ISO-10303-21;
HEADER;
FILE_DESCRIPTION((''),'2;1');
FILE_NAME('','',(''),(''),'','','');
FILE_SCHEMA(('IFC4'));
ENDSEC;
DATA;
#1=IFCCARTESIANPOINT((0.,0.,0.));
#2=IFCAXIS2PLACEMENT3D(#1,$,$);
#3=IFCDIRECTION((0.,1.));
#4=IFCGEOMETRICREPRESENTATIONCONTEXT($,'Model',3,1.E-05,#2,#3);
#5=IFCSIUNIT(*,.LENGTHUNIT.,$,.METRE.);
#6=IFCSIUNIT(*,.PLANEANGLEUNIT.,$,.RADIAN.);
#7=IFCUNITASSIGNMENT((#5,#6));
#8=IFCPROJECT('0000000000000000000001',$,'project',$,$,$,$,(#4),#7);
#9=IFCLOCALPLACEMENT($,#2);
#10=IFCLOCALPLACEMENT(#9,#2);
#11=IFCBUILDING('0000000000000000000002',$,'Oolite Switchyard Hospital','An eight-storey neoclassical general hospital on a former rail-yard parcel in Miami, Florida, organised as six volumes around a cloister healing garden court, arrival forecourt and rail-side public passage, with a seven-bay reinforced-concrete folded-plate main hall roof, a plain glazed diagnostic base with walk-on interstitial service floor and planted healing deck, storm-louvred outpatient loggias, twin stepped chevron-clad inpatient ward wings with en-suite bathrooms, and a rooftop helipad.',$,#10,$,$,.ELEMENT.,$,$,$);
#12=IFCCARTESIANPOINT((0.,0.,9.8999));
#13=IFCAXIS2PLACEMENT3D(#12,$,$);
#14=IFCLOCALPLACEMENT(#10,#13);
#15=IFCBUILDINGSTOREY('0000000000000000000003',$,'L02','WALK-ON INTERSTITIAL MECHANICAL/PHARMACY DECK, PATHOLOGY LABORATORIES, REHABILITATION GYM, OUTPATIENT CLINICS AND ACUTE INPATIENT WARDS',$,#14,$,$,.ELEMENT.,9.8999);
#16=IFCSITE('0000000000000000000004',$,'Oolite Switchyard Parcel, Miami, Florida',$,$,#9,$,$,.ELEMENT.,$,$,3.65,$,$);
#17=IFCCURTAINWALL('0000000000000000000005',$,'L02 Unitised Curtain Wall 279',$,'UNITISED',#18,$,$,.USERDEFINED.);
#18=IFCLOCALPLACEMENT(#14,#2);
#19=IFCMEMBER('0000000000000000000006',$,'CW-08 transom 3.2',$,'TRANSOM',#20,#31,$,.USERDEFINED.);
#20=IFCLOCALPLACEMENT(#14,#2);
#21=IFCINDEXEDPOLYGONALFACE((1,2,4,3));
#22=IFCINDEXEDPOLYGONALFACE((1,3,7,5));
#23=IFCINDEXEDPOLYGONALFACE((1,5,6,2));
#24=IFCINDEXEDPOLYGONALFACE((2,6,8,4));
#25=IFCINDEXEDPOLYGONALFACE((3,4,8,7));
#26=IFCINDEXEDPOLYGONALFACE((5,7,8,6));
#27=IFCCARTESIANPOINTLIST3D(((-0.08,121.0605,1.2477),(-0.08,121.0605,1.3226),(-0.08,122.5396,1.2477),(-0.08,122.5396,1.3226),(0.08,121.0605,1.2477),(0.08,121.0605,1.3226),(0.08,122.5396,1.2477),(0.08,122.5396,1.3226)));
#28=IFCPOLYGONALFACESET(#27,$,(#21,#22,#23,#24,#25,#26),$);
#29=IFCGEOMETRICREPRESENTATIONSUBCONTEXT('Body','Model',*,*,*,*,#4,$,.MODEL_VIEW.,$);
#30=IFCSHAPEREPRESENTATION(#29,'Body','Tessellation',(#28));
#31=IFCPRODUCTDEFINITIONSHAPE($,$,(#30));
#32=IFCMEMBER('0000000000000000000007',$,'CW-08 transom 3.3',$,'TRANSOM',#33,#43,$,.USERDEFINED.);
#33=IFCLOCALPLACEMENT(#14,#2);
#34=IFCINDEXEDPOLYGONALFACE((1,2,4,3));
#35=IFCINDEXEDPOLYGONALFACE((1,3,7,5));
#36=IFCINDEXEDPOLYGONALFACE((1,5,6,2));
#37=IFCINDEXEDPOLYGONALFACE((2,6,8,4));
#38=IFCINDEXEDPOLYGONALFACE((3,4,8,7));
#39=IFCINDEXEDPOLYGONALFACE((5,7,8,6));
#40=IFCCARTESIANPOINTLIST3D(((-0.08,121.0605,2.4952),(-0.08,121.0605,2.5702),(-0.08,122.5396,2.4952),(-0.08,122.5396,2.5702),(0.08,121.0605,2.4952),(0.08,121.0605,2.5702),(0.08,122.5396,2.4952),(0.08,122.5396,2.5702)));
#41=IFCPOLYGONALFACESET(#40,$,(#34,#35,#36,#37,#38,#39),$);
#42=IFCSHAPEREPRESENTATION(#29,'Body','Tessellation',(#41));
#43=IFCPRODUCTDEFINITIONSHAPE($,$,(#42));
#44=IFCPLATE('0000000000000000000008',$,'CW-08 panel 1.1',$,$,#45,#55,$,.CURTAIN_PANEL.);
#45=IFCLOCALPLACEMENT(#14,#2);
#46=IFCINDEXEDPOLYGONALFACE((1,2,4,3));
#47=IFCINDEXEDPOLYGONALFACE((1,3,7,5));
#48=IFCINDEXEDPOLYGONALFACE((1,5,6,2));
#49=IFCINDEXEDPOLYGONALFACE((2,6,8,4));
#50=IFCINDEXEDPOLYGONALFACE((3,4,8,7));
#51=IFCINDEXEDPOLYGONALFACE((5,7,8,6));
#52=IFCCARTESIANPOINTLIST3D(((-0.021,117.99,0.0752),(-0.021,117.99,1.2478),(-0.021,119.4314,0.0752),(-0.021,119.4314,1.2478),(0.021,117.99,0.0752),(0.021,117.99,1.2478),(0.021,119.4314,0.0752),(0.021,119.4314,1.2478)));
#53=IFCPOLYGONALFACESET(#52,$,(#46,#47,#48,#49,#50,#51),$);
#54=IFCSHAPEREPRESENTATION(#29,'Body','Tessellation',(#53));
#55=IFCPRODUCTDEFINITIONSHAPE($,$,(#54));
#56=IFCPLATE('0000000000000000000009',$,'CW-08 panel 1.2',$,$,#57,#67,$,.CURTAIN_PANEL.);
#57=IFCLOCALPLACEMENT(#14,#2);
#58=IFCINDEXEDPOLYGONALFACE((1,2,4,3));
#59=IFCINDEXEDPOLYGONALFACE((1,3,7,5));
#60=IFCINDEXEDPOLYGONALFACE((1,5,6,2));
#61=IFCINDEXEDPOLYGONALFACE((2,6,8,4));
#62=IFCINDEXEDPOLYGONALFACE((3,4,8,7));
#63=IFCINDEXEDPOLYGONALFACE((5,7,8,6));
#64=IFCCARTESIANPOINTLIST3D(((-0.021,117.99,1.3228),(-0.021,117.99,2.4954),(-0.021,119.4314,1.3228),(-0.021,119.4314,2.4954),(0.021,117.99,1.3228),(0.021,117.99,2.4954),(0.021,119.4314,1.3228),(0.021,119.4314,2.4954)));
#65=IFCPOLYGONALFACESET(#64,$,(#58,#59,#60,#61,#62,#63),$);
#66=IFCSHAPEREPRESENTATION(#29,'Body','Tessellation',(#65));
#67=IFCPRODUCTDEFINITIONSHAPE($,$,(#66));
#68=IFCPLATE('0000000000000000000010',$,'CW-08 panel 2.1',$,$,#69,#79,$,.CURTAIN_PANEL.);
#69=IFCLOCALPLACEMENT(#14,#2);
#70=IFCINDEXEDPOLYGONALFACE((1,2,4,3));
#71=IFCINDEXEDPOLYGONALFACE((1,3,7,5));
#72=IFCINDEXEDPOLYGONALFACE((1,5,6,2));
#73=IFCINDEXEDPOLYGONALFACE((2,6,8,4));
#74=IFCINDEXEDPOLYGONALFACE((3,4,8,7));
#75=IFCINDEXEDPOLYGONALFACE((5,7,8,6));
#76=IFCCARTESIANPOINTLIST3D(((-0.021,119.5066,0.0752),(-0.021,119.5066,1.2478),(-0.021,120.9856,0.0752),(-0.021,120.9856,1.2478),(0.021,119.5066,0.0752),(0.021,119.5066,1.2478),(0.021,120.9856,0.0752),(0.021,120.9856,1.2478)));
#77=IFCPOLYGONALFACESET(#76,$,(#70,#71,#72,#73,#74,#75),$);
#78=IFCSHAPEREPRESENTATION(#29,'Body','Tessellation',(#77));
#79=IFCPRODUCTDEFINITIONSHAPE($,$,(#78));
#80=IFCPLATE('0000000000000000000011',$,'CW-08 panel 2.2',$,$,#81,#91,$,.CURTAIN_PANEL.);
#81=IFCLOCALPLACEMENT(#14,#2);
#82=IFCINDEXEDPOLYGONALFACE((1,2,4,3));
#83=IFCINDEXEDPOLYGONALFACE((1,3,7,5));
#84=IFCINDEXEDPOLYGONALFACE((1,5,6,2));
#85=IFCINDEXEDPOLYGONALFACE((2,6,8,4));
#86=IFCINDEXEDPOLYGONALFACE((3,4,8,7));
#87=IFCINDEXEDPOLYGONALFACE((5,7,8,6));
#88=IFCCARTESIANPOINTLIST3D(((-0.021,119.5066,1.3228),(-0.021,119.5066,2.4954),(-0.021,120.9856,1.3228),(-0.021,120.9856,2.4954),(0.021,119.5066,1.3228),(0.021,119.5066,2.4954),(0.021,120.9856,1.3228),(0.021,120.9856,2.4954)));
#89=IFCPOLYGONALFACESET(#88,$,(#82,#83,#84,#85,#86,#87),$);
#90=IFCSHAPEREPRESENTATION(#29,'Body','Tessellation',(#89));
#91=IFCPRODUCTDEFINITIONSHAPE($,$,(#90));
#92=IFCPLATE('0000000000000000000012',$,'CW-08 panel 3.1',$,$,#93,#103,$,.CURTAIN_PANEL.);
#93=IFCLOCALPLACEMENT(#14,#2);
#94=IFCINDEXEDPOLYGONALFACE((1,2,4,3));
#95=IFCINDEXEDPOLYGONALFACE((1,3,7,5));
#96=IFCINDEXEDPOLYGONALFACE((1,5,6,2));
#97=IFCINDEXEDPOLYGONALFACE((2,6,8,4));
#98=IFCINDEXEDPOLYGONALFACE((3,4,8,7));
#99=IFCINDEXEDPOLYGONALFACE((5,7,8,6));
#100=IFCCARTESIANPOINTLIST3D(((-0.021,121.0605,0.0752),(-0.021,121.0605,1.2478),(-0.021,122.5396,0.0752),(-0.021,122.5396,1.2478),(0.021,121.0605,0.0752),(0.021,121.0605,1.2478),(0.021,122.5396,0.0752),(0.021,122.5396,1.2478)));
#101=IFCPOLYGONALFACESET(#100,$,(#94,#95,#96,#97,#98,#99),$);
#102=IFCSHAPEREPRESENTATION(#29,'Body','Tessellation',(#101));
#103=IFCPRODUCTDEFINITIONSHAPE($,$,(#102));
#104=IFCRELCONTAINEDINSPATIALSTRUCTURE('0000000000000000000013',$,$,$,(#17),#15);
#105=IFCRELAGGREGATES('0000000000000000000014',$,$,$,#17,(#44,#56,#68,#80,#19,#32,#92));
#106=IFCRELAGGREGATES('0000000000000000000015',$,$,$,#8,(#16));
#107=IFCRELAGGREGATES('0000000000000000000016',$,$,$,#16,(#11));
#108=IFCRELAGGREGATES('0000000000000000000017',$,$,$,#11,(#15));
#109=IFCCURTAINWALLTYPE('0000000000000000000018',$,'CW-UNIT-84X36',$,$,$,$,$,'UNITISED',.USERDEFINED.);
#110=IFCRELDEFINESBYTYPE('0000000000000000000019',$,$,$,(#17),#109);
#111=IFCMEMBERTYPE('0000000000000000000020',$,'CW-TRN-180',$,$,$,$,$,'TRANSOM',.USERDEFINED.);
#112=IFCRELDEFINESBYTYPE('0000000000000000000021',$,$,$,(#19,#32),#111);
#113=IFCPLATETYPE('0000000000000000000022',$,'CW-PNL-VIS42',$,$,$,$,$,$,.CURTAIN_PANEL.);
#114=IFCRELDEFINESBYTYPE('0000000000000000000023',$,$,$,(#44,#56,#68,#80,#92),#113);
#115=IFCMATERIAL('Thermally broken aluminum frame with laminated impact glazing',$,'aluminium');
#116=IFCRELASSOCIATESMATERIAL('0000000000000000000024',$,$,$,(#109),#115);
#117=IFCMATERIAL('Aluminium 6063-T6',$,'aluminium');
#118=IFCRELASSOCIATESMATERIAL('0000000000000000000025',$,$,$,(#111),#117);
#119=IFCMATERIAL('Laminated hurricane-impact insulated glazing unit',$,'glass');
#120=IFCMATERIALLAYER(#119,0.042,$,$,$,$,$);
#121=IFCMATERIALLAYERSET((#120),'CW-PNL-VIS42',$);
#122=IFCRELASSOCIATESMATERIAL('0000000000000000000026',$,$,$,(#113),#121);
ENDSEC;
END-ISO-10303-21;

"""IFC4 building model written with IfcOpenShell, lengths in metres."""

from ifc_helpers import new_model, si_unit, direction, frame, origin, origin_2d, place, context, subcontext, project, spatial, rectangle, extrude, material, layer, layer_set, material_profile, profile_set, type_object, element, aggregate, save


model = new_model("IFC4")

# Units and contexts
model_context = context("Model", 3, precision=1e-05, world=origin(), true_north=direction((0.0, 1.0)))
body_context = subcontext(model_context, "Body", "Model", "MODEL_VIEW")
ifc_project = project(units=[si_unit("LENGTHUNIT", "METRE"), si_unit("PLANEANGLEUNIT", "RADIAN")], contexts=[model_context])

# Site, building, storey
site_placement = place(None, origin())
site = spatial("IfcSite", under=ifc_project, at=site_placement, Name="Oolite Switchyard Parcel, Miami, Florida", CompositionType="ELEMENT", RefElevation=3.65)
building_placement = place(site_placement, origin())
building = spatial("IfcBuilding", under=site, at=building_placement, Name="Oolite Switchyard Hospital", Description="An eight-storey neoclassical general hospital on a former rail-yard parcel in Miami, Florida, organised as six volumes around a cloister healing garden court, arrival forecourt and rail-side public passage, with a seven-bay reinforced-concrete folded-plate main hall roof, a plain glazed diagnostic base with walk-on interstitial service floor and planted healing deck, storm-louvred outpatient loggias, twin stepped chevron-clad inpatient ward wings with en-suite bathrooms, and a rooftop helipad.", CompositionType="ELEMENT")
storey_placement = place(building_placement, frame((0.0, 0.0, 9.8999)))
storey = spatial("IfcBuildingStorey", under=building, at=storey_placement, Name="L02", Description="WALK-ON INTERSTITIAL MECHANICAL/PHARMACY DECK, PATHOLOGY LABORATORIES, REHABILITATION GYM, OUTPATIENT CLINICS AND ACUTE INPATIENT WARDS", CompositionType="ELEMENT", Elevation=9.8999)

# Shared definitions
ifc_material_1 = material(Name="Thermally broken aluminum frame with laminated impact glazing", Category="aluminium")
curtain_wall_type = type_object("IfcCurtainWallType", Name="CW-UNIT-84X36", ElementType="UNITISED", PredefinedType="USERDEFINED", material=ifc_material_1)
ifc_material_2 = material(Name="Aluminium 6063-T6", Category="aluminium")

# Curtain wall, members, plates
curtain_wall_1_placement = place(storey_placement, origin())
curtain_wall_1 = element("IfcCurtainWall", 1, at=curtain_wall_1_placement, inside=storey, type_object=curtain_wall_type, Name="L02 Unitised Curtain Wall 279", ObjectType="UNITISED", PredefinedType="USERDEFINED")
ifc_material_profile_1 = material_profile(ifc_material_2, rectangle(XDim=0.1599, YDim=0.075, at=origin_2d()), Name="CWT75X160")
ifc_profile_set_1 = profile_set([ifc_material_profile_1], Name="Aluminium 6063-T6")
member_type_1 = type_object("IfcMemberType", Name="CW-TRN-180", ElementType="TRANSOM", PredefinedType="USERDEFINED", material=ifc_profile_set_1)
member_1_placement = place(storey_placement, frame((0.0, 121.0605, 1.2852), z_axis=(0.0, 1.0, 0.0), x_axis=(-1.0, 0.0, 0.0)))
member_1 = element("IfcMember", 2, at=member_1_placement, type_object=member_type_1, Name="CW-08 transom 3.2", ObjectType="TRANSOM", PredefinedType="USERDEFINED", context=body_context, shape_type="SweptSolid", body=[
    extrude(rectangle(XDim=0.1599, YDim=0.075, at=origin_2d()), origin(), (0.0, 0.0, 1.0), 1.479),
])
member_2_placement = place(storey_placement, frame((0.0, 121.0605, 2.5327), z_axis=(0.0, 1.0, 0.0), x_axis=(-1.0, 0.0, 0.0)))
member_2 = element("IfcMember", 3, at=member_2_placement, type_object=member_type_1, Name="CW-08 transom 3.3", ObjectType="TRANSOM", PredefinedType="USERDEFINED", context=body_context, shape_type="SweptSolid", body=[
    extrude(rectangle(XDim=0.1599, YDim=0.075, at=origin_2d()), origin(), (0.0, 0.0, 1.0), 1.479),
])
ifc_material_3 = material(Name="Laminated hurricane-impact insulated glazing unit", Category="glass")
ifc_layer = layer(ifc_material_3, 0.042)
ifc_layer_set = layer_set([ifc_layer], Name="CW-PNL-VIS42")
plate_type = type_object("IfcPlateType", Name="CW-PNL-VIS42", PredefinedType="CURTAIN_PANEL", material=ifc_layer_set)
plate_1_placement = place(storey_placement, frame((0.0, 118.7107, 0.0752), z_axis=(0.0, 0.0, 1.0), x_axis=(0.0, 1.0, 0.0)))
plate_1 = element("IfcPlate", 4, at=plate_1_placement, type_object=plate_type, Name="CW-08 panel 1.1", PredefinedType="CURTAIN_PANEL", context=body_context, shape_type="SweptSolid", body=[
    extrude(rectangle(XDim=1.4414, YDim=0.042, at=origin_2d()), origin(), (0.0, 0.0, 1.0), 1.1726),
])
plate_2_placement = place(storey_placement, frame((0.0, 118.7107, 1.3228), z_axis=(0.0, 0.0, 1.0), x_axis=(0.0, 1.0, 0.0)))
plate_2 = element("IfcPlate", 5, at=plate_2_placement, type_object=plate_type, Name="CW-08 panel 1.2", PredefinedType="CURTAIN_PANEL", context=body_context, shape_type="SweptSolid", body=[
    extrude(rectangle(XDim=1.4414, YDim=0.042, at=origin_2d()), origin(), (0.0, 0.0, 1.0), 1.1726),
])
plate_3_placement = place(storey_placement, frame((0.0, 120.2461, 0.0752), z_axis=(0.0, 0.0, 1.0), x_axis=(0.0, 1.0, 0.0)))
plate_3 = element("IfcPlate", 6, at=plate_3_placement, type_object=plate_type, Name="CW-08 panel 2.1", PredefinedType="CURTAIN_PANEL", context=body_context, shape_type="SweptSolid", body=[
    extrude(rectangle(XDim=1.479, YDim=0.042, at=origin_2d()), origin(), (0.0, 0.0, 1.0), 1.1726),
])
plate_4_placement = place(storey_placement, frame((0.0, 120.2461, 1.3228), z_axis=(0.0, 0.0, 1.0), x_axis=(0.0, 1.0, 0.0)))
plate_4 = element("IfcPlate", 7, at=plate_4_placement, type_object=plate_type, Name="CW-08 panel 2.2", PredefinedType="CURTAIN_PANEL", context=body_context, shape_type="SweptSolid", body=[
    extrude(rectangle(XDim=1.479, YDim=0.042, at=origin_2d()), origin(), (0.0, 0.0, 1.0), 1.1726),
])
plate_5_placement = place(storey_placement, frame((0.0, 121.8, 0.0752), z_axis=(0.0, 0.0, 1.0), x_axis=(0.0, 1.0, 0.0)))
plate_5 = element("IfcPlate", 8, at=plate_5_placement, type_object=plate_type, Name="CW-08 panel 3.1", PredefinedType="CURTAIN_PANEL", context=body_context, shape_type="SweptSolid", body=[
    extrude(rectangle(XDim=1.479, YDim=0.042, at=origin_2d()), origin(), (0.0, 0.0, 1.0), 1.1726),
])
aggregate(curtain_wall_1, [plate_1, plate_2, plate_3, plate_4, member_1, member_2, plate_5])

save(model, "model.ifc")
